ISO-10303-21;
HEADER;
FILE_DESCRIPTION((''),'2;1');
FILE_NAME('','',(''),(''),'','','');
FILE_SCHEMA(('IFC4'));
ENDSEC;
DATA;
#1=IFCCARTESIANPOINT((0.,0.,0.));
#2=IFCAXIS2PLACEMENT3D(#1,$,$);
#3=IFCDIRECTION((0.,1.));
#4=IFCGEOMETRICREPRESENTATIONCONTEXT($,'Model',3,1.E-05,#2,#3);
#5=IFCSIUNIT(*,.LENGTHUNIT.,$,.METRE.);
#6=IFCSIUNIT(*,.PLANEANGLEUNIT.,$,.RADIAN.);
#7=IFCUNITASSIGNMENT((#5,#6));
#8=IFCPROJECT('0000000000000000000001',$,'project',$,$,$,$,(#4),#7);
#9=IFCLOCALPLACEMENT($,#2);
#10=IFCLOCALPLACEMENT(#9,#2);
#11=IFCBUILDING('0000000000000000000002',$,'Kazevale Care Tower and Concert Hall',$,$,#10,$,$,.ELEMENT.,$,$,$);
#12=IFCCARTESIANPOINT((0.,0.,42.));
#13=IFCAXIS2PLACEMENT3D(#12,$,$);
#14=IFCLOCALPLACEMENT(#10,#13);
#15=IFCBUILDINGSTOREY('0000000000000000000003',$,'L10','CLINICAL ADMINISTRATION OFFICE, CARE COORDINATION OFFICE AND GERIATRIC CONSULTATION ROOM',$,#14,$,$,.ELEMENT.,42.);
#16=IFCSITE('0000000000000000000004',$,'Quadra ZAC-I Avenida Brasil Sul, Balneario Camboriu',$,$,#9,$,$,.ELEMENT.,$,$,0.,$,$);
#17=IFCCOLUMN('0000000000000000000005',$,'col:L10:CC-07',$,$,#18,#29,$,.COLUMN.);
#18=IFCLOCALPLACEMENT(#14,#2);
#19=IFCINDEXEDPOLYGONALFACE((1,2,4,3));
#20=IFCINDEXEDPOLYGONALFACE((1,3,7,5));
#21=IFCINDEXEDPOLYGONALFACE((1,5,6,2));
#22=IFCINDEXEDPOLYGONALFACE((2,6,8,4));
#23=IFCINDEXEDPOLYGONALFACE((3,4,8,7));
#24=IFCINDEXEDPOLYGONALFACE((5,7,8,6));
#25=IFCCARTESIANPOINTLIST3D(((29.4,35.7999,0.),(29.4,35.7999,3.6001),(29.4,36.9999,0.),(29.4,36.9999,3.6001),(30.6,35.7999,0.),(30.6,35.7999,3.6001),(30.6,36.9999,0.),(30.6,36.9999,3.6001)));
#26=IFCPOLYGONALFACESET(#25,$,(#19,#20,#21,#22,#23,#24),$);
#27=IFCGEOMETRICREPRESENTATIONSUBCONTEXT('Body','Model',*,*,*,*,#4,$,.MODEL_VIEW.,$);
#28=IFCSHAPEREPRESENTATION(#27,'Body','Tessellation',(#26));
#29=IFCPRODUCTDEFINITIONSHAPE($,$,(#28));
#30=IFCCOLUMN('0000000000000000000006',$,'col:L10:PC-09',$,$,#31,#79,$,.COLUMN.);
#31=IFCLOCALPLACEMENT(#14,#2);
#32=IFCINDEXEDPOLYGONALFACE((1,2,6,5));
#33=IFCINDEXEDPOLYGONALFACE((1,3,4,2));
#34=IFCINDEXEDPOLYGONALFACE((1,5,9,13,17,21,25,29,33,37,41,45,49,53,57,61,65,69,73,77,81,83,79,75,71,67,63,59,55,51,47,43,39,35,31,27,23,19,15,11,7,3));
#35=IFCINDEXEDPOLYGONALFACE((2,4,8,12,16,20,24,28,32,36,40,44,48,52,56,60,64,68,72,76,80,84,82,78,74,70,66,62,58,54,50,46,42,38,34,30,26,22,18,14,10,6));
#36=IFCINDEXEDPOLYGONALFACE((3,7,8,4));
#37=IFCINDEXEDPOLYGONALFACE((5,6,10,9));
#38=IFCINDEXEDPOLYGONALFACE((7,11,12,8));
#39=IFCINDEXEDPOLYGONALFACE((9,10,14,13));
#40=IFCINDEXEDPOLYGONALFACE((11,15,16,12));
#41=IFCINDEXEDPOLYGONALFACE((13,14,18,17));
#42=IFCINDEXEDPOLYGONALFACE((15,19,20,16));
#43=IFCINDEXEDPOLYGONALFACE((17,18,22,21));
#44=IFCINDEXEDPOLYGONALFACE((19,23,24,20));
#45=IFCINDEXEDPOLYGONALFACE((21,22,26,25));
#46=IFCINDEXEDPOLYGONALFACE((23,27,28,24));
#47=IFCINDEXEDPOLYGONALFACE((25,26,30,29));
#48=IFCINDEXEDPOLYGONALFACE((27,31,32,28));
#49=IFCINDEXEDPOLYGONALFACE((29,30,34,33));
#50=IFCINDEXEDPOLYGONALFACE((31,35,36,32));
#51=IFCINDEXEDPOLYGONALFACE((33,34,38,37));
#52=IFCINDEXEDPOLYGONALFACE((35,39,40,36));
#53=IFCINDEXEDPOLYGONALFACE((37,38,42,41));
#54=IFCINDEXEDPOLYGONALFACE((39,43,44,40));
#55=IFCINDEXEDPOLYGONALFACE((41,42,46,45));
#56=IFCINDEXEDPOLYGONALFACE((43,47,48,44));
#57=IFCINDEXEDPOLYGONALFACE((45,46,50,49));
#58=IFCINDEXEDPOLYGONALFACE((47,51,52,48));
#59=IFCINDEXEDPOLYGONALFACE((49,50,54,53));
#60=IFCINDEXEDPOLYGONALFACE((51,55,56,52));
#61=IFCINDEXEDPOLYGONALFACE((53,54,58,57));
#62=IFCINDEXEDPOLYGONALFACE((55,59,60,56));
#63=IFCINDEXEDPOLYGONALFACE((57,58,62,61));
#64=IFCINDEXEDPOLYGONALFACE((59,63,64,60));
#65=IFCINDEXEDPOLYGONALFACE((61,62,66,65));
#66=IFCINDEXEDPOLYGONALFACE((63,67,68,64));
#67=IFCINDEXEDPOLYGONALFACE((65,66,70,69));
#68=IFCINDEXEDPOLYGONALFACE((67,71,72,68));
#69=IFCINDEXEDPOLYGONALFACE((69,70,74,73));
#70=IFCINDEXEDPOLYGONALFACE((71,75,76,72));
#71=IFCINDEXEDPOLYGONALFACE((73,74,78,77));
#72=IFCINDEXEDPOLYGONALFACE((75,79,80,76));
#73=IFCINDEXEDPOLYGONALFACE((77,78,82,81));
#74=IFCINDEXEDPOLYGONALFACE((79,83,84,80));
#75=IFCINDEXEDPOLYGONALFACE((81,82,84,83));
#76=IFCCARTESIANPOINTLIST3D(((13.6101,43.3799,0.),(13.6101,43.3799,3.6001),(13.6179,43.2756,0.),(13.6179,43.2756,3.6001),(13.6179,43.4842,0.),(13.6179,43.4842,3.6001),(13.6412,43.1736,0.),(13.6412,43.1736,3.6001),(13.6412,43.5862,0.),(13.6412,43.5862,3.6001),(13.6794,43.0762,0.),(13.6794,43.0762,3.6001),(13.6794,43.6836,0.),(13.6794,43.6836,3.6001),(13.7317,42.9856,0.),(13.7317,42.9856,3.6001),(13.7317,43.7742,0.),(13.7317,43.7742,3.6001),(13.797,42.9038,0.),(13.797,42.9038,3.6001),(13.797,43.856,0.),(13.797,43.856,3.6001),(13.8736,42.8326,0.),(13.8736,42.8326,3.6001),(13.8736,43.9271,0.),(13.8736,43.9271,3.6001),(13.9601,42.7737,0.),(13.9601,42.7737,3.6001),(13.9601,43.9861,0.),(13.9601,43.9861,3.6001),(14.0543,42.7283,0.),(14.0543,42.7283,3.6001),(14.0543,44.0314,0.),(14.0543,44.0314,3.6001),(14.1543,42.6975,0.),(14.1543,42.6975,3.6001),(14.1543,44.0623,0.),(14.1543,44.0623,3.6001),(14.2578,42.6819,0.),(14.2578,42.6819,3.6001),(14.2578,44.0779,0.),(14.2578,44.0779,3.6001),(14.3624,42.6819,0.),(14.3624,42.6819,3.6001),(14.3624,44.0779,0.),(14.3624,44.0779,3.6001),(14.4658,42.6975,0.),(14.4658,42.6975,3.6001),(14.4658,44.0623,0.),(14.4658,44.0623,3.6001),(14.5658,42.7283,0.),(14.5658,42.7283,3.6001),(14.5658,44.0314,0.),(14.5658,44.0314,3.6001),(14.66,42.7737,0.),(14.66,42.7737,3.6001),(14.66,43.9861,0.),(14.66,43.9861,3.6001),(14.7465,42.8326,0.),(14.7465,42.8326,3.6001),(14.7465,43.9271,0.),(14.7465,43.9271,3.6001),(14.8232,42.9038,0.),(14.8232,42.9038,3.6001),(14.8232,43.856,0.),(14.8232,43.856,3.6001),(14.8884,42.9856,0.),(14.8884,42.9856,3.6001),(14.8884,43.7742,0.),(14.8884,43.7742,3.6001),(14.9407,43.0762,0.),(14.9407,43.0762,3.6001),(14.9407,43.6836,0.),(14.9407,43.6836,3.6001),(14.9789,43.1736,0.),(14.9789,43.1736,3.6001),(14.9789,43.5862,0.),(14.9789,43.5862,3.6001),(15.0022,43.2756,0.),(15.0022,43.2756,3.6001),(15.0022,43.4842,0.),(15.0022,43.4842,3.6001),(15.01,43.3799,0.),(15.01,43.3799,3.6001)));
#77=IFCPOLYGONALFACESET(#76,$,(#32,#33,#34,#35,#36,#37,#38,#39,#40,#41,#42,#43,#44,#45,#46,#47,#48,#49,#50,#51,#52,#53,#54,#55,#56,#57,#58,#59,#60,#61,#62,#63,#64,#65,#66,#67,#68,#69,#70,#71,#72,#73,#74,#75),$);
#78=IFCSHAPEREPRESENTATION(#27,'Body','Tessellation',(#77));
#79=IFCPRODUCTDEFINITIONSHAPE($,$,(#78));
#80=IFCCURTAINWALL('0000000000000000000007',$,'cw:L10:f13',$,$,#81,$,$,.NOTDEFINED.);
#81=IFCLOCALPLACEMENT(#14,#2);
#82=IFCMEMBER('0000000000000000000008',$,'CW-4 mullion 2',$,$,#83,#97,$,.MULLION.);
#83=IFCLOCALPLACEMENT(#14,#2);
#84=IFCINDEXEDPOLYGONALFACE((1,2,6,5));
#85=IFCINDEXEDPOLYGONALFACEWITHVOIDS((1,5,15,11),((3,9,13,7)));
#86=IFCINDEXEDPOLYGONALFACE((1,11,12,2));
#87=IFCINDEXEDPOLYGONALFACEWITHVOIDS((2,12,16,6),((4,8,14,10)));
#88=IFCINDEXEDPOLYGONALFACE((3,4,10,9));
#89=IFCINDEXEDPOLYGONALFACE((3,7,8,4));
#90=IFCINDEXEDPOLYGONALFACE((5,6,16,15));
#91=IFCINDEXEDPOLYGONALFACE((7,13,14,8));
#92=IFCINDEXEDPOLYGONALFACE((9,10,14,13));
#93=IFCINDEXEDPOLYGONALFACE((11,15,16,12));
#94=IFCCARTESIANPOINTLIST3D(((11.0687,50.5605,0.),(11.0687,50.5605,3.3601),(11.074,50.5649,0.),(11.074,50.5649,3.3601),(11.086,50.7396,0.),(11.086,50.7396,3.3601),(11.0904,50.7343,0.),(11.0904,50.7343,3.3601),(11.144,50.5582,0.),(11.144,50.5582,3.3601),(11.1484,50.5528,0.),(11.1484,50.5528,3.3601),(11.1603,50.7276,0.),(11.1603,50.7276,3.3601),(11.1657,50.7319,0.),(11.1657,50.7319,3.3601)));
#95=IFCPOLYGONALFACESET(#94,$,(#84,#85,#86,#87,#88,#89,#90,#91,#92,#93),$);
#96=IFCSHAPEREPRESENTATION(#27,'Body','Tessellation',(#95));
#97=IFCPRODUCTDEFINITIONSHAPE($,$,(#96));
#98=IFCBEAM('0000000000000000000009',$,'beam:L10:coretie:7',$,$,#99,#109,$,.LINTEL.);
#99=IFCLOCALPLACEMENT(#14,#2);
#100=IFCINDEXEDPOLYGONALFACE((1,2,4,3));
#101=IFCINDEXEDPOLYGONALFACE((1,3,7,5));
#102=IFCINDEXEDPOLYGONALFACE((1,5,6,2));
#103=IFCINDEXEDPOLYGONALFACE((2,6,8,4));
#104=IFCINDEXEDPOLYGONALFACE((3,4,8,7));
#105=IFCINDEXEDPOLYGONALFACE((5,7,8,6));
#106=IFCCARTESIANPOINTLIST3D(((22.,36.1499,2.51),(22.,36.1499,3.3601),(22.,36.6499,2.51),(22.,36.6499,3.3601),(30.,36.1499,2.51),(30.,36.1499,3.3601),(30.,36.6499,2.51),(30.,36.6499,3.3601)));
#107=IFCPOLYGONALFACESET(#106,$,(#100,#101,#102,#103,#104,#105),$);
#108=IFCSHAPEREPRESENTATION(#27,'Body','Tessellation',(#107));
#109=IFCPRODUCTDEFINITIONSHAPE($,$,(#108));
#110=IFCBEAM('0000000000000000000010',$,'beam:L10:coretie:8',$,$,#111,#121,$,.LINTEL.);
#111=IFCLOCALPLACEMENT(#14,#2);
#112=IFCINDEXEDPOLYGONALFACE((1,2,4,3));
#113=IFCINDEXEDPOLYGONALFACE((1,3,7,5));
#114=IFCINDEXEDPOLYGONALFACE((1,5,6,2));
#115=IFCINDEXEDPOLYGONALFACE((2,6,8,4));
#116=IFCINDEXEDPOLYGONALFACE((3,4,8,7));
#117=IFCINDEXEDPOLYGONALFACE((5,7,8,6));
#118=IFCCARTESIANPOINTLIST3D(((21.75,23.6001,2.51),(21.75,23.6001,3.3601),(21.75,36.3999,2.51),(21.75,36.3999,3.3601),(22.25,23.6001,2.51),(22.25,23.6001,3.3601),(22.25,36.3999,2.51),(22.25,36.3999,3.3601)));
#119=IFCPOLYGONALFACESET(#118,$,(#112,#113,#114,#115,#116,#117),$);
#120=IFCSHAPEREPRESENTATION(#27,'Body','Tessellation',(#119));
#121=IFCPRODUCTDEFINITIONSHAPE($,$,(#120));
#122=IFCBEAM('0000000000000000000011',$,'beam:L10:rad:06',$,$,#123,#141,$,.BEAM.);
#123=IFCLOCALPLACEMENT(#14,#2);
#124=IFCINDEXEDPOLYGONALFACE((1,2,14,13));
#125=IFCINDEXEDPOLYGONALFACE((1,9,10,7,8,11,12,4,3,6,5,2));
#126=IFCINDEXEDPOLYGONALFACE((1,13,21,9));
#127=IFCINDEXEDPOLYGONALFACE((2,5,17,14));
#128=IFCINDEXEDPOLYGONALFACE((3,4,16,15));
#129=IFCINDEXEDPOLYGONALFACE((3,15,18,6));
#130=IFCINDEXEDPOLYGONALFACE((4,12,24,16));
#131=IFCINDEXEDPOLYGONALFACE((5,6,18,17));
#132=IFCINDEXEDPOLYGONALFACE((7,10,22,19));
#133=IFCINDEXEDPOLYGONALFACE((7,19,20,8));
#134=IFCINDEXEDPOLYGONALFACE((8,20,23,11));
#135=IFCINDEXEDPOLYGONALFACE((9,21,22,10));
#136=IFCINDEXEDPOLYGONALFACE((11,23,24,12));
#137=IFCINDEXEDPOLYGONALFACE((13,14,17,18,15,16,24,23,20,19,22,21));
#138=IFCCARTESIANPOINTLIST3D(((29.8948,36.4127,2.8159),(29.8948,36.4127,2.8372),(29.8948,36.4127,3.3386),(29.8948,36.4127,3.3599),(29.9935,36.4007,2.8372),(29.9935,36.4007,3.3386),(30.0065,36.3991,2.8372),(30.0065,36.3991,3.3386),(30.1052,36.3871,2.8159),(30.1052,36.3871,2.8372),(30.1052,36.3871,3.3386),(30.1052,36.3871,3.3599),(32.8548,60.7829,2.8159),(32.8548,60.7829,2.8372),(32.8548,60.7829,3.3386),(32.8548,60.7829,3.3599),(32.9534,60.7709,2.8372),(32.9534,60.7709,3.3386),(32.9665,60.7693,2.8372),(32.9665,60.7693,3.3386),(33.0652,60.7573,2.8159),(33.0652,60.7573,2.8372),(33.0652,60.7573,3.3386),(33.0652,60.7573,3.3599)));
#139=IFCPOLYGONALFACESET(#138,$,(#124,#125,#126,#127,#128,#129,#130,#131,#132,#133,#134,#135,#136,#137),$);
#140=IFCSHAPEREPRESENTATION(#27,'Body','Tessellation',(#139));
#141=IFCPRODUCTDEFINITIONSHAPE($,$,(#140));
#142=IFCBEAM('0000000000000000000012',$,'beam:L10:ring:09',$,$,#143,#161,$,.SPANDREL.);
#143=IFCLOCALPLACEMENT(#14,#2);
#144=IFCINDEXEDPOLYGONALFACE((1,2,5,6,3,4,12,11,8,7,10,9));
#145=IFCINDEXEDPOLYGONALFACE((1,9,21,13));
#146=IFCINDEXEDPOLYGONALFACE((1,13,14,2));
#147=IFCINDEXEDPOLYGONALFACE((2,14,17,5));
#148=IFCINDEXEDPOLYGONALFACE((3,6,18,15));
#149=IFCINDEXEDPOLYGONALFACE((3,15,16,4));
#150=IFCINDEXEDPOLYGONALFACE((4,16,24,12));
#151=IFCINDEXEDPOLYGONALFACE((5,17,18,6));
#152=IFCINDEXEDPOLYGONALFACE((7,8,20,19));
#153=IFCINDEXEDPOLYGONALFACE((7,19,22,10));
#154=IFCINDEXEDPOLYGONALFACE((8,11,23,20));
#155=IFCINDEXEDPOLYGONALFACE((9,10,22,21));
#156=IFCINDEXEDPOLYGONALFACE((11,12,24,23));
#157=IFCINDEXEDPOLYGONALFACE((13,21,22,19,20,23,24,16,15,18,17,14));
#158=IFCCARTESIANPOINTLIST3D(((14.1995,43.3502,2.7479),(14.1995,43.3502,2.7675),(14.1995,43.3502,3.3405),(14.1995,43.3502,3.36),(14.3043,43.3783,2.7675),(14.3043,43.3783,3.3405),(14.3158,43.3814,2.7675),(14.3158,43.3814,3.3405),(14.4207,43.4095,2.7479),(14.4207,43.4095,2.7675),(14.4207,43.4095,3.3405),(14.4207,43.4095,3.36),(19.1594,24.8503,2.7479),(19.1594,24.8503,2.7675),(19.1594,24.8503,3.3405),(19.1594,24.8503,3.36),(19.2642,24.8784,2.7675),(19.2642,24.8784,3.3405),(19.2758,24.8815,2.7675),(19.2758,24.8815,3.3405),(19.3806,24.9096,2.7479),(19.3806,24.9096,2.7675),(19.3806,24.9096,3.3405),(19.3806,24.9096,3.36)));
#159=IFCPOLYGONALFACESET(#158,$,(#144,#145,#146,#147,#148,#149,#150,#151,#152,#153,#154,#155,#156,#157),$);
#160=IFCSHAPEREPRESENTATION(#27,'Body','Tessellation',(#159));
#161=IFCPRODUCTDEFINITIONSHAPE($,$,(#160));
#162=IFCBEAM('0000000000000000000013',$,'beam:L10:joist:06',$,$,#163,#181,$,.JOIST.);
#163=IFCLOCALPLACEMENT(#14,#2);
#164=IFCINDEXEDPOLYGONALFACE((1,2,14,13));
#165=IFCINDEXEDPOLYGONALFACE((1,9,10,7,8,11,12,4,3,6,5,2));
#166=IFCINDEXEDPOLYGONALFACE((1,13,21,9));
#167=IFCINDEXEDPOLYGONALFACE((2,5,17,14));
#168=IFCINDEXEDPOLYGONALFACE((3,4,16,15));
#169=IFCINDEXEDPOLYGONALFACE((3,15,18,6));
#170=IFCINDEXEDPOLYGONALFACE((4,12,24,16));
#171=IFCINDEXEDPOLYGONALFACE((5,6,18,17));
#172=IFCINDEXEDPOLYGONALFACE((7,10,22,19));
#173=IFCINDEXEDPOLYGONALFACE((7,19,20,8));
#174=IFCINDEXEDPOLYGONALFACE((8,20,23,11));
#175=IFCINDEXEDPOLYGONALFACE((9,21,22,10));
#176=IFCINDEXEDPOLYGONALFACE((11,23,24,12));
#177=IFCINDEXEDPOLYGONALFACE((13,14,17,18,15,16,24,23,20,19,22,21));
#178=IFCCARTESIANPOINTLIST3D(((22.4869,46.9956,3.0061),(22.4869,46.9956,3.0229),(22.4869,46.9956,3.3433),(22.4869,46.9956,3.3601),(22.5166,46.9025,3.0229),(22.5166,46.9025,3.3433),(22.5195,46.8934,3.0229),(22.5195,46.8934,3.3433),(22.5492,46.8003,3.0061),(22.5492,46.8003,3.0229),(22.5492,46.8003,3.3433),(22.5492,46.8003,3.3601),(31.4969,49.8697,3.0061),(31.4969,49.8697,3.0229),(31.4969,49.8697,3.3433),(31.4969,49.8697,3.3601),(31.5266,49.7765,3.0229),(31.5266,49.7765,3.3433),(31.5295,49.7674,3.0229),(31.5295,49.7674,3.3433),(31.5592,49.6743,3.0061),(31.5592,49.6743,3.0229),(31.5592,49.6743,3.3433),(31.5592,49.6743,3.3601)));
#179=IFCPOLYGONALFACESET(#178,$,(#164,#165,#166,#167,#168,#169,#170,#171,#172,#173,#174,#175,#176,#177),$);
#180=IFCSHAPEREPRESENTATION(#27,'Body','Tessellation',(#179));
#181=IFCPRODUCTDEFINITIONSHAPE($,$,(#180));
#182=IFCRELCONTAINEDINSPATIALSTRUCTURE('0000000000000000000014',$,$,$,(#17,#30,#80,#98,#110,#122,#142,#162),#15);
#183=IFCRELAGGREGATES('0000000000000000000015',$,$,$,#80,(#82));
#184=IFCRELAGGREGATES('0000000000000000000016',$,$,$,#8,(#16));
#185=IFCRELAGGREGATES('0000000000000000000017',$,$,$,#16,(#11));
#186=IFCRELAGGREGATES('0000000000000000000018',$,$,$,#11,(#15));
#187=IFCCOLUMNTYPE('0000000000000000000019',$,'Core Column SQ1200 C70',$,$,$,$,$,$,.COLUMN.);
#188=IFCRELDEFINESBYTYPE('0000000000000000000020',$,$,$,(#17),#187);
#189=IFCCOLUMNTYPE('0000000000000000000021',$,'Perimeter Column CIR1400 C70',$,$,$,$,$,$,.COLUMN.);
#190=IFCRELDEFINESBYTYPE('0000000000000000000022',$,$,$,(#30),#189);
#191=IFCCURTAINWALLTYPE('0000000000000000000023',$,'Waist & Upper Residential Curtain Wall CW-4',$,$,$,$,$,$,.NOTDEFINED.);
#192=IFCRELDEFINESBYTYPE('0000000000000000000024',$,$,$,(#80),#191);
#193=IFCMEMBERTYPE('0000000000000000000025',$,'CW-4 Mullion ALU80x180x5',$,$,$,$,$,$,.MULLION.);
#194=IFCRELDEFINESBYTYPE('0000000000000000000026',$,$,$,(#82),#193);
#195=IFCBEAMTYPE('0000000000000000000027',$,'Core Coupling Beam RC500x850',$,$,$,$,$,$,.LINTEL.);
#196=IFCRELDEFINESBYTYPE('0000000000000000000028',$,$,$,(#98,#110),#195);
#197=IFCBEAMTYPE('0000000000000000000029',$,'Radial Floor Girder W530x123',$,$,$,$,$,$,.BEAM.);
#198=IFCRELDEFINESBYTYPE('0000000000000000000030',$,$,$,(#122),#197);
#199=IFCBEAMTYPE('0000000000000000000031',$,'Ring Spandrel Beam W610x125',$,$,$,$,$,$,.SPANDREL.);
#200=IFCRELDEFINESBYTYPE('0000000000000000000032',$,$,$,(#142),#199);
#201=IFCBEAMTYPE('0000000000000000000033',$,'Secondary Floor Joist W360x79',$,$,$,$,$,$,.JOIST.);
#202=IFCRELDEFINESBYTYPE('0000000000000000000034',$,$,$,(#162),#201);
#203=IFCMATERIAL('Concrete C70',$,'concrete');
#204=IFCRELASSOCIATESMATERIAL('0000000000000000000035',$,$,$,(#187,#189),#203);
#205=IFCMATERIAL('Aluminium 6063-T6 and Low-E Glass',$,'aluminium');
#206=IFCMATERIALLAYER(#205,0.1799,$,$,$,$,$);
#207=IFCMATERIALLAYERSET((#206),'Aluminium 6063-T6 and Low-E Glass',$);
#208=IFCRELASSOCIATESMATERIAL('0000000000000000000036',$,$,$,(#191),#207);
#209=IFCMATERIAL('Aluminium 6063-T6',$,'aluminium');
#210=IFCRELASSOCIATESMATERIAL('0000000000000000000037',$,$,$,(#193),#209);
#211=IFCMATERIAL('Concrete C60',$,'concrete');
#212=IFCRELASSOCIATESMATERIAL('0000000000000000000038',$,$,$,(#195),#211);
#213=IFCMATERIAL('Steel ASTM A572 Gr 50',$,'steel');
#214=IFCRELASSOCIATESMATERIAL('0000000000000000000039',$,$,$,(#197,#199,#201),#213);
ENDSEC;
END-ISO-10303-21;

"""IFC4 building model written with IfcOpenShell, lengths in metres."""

from ifc_helpers import new_model, si_unit, direction, frame, origin, origin_2d, place, context, subcontext, project, spatial, rectangle, hollow_rectangle, circle, i_section, extrude, material, layer, layer_set, material_profile, profile_set, type_object, element, aggregate, save


model = new_model("IFC4")

# Units and contexts
model_context = context("Model", 3, precision=1e-05, world=origin(), true_north=direction((0.0, 1.0)))
body_context = subcontext(model_context, "Body", "Model", "MODEL_VIEW")
ifc_project = project(units=[si_unit("LENGTHUNIT", "METRE"), si_unit("PLANEANGLEUNIT", "RADIAN")], contexts=[model_context])

# Site, building, storey
site_placement = place(None, origin())
site = spatial("IfcSite", under=ifc_project, at=site_placement, Name="Quadra ZAC-I Avenida Brasil Sul, Balneario Camboriu", CompositionType="ELEMENT", RefElevation=0.0)
building_placement = place(site_placement, origin())
building = spatial("IfcBuilding", under=site, at=building_placement, Name="Kazevale Care Tower and Concert Hall", CompositionType="ELEMENT")
storey_placement = place(building_placement, frame((0.0, 0.0, 42.0)))
storey = spatial("IfcBuildingStorey", under=building, at=storey_placement, Name="L10", Description="CLINICAL ADMINISTRATION OFFICE, CARE COORDINATION OFFICE AND GERIATRIC CONSULTATION ROOM", CompositionType="ELEMENT", Elevation=42.0)

# Columns
ifc_material_1 = material(Name="Concrete C70", Category="concrete")
ifc_material_profile_1 = material_profile(ifc_material_1, rectangle(XDim=1.2, YDim=1.2, at=origin_2d()), Name="RC-SQ1200")
ifc_profile_set_1 = profile_set([ifc_material_profile_1], Name="Concrete C70")
column_type_1 = type_object("IfcColumnType", Name="Core Column SQ1200 C70", PredefinedType="COLUMN", material=ifc_profile_set_1)
column_1_placement = place(storey_placement, frame((30.0, 36.3999, 0.0), z_axis=(0.0, 0.0, 1.0), x_axis=(1.0, 0.0, 0.0)))
element("IfcColumn", 1, at=column_1_placement, inside=storey, type_object=column_type_1, Name="col:L10:CC-07", PredefinedType="COLUMN", context=body_context, shape_type="SweptSolid", body=[
    extrude(rectangle(XDim=1.2, YDim=1.2, at=origin_2d()), origin(), (0.0, 0.0, 1.0), 3.6001),
])
ifc_material_profile_2 = material_profile(ifc_material_1, circle(Radius=0.7, at=origin_2d()), Name="RC-CIR1400")
ifc_profile_set_2 = profile_set([ifc_material_profile_2], Name="Concrete C70")
column_type_2 = type_object("IfcColumnType", Name="Perimeter Column CIR1400 C70", PredefinedType="COLUMN", material=ifc_profile_set_2)
column_2_placement = place(storey_placement, frame((14.3101, 43.3799, 0.0), z_axis=(0.0, 0.0, 1.0), x_axis=(1.0, 0.0, 0.0)))
element("IfcColumn", 2, at=column_2_placement, inside=storey, type_object=column_type_2, Name="col:L10:PC-09", PredefinedType="COLUMN", context=body_context, shape_type="SweptSolid", body=[
    extrude(circle(Radius=0.7, at=origin_2d()), origin(), (0.0, 0.0, 1.0), 3.6001),
])

# Curtain wall, member
ifc_material_2 = material(Name="Aluminium 6063-T6 and Low-E Glass", Category="aluminium")
ifc_layer_1 = layer(ifc_material_2, 0.1799)
ifc_layer_set_1 = layer_set([ifc_layer_1], Name="Aluminium 6063-T6 and Low-E Glass")
curtain_wall_type = type_object("IfcCurtainWallType", Name="Waist & Upper Residential Curtain Wall CW-4", PredefinedType="NOTDEFINED", material=ifc_layer_set_1)
curtain_wall_placement = place(storey_placement, origin())
curtain_wall = element("IfcCurtainWall", 3, at=curtain_wall_placement, inside=storey, type_object=curtain_wall_type, Name="cw:L10:f13", PredefinedType="NOTDEFINED")
ifc_material_3 = material(Name="Aluminium 6063-T6", Category="aluminium")
ifc_material_profile_3 = material_profile(ifc_material_3, hollow_rectangle(XDim=0.0801, YDim=0.1799, WallThickness=0.0049, at=origin_2d()), Name="ALU80x180x5")
ifc_profile_set_3 = profile_set([ifc_material_profile_3], Name="Aluminium 6063-T6")
member_type = type_object("IfcMemberType", Name="CW-4 Mullion ALU80x180x5", PredefinedType="MULLION", material=ifc_profile_set_3)
member_placement = place(storey_placement, frame((11.1172, 50.6462, 0.0), z_axis=(0.0, 0.0, 1.0), x_axis=(-0.995381, 0.096007, 0.0)))
member = element("IfcMember", 4, at=member_placement, type_object=member_type, Name="CW-4 mullion 2", PredefinedType="MULLION", context=body_context, shape_type="SweptSolid", body=[
    extrude(hollow_rectangle(XDim=0.0801, YDim=0.1799, WallThickness=0.0049, at=origin_2d()), origin(), (0.0, 0.0, 1.0), 3.3601),
])

# Beams
ifc_material_4 = material(Name="Concrete C60", Category="concrete")
ifc_material_profile_4 = material_profile(ifc_material_4, rectangle(XDim=0.5, YDim=0.8501, at=origin_2d()), Name="RC-B500x850")
ifc_profile_set_4 = profile_set([ifc_material_profile_4], Name="Concrete C60")
beam_type_1 = type_object("IfcBeamType", Name="Core Coupling Beam RC500x850", PredefinedType="LINTEL", material=ifc_profile_set_4)
beam_1_placement = place(storey_placement, frame((30.0, 36.3999, 2.9351), z_axis=(-1.0, 0.0, 0.0), x_axis=(0.0, -1.0, 0.0)))
element("IfcBeam", 5, at=beam_1_placement, inside=storey, type_object=beam_type_1, Name="beam:L10:coretie:7", PredefinedType="LINTEL", context=body_context, shape_type="SweptSolid", body=[
    extrude(rectangle(XDim=0.5, YDim=0.8501, at=origin_2d()), origin(), (0.0, 0.0, 1.0), 8.0),
])
beam_2_placement = place(storey_placement, frame((22.0, 36.3999, 2.9351), z_axis=(0.0, -1.0, 0.0), x_axis=(1.0, 0.0, 0.0)))
element("IfcBeam", 6, at=beam_2_placement, inside=storey, type_object=beam_type_1, Name="beam:L10:coretie:8", PredefinedType="LINTEL", context=body_context, shape_type="SweptSolid", body=[
    extrude(rectangle(XDim=0.5, YDim=0.8501, at=origin_2d()), origin(), (0.0, 0.0, 1.0), 12.7998),
])
ifc_material_5 = material(Name="Steel ASTM A572 Gr 50", Category="steel")
ifc_material_profile_5 = material_profile(ifc_material_5, i_section(OverallWidth=0.2119, OverallDepth=0.5439, WebThickness=0.0132, FlangeThickness=0.0212, at=origin_2d()), Name="W530x123")
ifc_profile_set_5 = profile_set([ifc_material_profile_5], Name="Steel ASTM A572 Gr 50")
beam_type_2 = type_object("IfcBeamType", Name="Radial Floor Girder W530x123", PredefinedType="BEAM", material=ifc_profile_set_5)
beam_3_placement = place(storey_placement, frame((30.0, 36.3999, 3.0879), z_axis=(0.120573, 0.992705, 0.0), x_axis=(-0.992705, 0.120573, 0.0)))
element("IfcBeam", 7, at=beam_3_placement, inside=storey, type_object=beam_type_2, Name="beam:L10:rad:06", PredefinedType="BEAM", context=body_context, shape_type="SweptSolid", body=[
    extrude(i_section(OverallWidth=0.2119, OverallDepth=0.5439, WebThickness=0.0132, FlangeThickness=0.0212, at=origin_2d()), origin(), (0.0, 0.0, 1.0), 24.5493),
])
ifc_material_profile_6 = material_profile(ifc_material_5, i_section(OverallWidth=0.229, OverallDepth=0.6121, WebThickness=0.012, FlangeThickness=0.0195, at=origin_2d()), Name="W610x125")
ifc_profile_set_6 = profile_set([ifc_material_profile_6], Name="Steel ASTM A572 Gr 50")
beam_type_3 = type_object("IfcBeamType", Name="Ring Spandrel Beam W610x125", PredefinedType="SPANDREL", material=ifc_profile_set_6)
beam_4_placement = place(storey_placement, frame((14.3101, 43.3799, 3.054), z_axis=(0.25896, -0.965888, 0.0), x_axis=(0.965888, 0.25896, 0.0)))
element("IfcBeam", 8, at=beam_4_placement, inside=storey, type_object=beam_type_3, Name="beam:L10:ring:09", PredefinedType="SPANDREL", context=body_context, shape_type="SweptSolid", body=[
    extrude(i_section(OverallWidth=0.229, OverallDepth=0.6121, WebThickness=0.012, FlangeThickness=0.0195, at=origin_2d()), origin(), (0.0, 0.0, 1.0), 19.1533),
])
ifc_material_profile_7 = material_profile(ifc_material_5, i_section(OverallWidth=0.2051, OverallDepth=0.354, WebThickness=0.0095, FlangeThickness=0.0168, at=origin_2d()), Name="W360x79")
ifc_profile_set_7 = profile_set([ifc_material_profile_7], Name="Steel ASTM A572 Gr 50")
beam_type_4 = type_object("IfcBeamType", Name="Secondary Floor Joist W360x79", PredefinedType="JOIST", material=ifc_profile_set_7)
beam_5_placement = place(storey_placement, frame((31.5281, 49.772, 3.1831), z_axis=(-0.952705, -0.303895, 0.0), x_axis=(0.303895, -0.952705, 0.0)))
element("IfcBeam", 9, at=beam_5_placement, inside=storey, type_object=beam_type_4, Name="beam:L10:joist:06", PredefinedType="JOIST", context=body_context, shape_type="SweptSolid", body=[
    extrude(i_section(OverallWidth=0.2051, OverallDepth=0.354, WebThickness=0.0095, FlangeThickness=0.0168, at=origin_2d()), origin(), (0.0, 0.0, 1.0), 9.4573),
])

aggregate(curtain_wall, [member])

save(model, "model.ifc")
